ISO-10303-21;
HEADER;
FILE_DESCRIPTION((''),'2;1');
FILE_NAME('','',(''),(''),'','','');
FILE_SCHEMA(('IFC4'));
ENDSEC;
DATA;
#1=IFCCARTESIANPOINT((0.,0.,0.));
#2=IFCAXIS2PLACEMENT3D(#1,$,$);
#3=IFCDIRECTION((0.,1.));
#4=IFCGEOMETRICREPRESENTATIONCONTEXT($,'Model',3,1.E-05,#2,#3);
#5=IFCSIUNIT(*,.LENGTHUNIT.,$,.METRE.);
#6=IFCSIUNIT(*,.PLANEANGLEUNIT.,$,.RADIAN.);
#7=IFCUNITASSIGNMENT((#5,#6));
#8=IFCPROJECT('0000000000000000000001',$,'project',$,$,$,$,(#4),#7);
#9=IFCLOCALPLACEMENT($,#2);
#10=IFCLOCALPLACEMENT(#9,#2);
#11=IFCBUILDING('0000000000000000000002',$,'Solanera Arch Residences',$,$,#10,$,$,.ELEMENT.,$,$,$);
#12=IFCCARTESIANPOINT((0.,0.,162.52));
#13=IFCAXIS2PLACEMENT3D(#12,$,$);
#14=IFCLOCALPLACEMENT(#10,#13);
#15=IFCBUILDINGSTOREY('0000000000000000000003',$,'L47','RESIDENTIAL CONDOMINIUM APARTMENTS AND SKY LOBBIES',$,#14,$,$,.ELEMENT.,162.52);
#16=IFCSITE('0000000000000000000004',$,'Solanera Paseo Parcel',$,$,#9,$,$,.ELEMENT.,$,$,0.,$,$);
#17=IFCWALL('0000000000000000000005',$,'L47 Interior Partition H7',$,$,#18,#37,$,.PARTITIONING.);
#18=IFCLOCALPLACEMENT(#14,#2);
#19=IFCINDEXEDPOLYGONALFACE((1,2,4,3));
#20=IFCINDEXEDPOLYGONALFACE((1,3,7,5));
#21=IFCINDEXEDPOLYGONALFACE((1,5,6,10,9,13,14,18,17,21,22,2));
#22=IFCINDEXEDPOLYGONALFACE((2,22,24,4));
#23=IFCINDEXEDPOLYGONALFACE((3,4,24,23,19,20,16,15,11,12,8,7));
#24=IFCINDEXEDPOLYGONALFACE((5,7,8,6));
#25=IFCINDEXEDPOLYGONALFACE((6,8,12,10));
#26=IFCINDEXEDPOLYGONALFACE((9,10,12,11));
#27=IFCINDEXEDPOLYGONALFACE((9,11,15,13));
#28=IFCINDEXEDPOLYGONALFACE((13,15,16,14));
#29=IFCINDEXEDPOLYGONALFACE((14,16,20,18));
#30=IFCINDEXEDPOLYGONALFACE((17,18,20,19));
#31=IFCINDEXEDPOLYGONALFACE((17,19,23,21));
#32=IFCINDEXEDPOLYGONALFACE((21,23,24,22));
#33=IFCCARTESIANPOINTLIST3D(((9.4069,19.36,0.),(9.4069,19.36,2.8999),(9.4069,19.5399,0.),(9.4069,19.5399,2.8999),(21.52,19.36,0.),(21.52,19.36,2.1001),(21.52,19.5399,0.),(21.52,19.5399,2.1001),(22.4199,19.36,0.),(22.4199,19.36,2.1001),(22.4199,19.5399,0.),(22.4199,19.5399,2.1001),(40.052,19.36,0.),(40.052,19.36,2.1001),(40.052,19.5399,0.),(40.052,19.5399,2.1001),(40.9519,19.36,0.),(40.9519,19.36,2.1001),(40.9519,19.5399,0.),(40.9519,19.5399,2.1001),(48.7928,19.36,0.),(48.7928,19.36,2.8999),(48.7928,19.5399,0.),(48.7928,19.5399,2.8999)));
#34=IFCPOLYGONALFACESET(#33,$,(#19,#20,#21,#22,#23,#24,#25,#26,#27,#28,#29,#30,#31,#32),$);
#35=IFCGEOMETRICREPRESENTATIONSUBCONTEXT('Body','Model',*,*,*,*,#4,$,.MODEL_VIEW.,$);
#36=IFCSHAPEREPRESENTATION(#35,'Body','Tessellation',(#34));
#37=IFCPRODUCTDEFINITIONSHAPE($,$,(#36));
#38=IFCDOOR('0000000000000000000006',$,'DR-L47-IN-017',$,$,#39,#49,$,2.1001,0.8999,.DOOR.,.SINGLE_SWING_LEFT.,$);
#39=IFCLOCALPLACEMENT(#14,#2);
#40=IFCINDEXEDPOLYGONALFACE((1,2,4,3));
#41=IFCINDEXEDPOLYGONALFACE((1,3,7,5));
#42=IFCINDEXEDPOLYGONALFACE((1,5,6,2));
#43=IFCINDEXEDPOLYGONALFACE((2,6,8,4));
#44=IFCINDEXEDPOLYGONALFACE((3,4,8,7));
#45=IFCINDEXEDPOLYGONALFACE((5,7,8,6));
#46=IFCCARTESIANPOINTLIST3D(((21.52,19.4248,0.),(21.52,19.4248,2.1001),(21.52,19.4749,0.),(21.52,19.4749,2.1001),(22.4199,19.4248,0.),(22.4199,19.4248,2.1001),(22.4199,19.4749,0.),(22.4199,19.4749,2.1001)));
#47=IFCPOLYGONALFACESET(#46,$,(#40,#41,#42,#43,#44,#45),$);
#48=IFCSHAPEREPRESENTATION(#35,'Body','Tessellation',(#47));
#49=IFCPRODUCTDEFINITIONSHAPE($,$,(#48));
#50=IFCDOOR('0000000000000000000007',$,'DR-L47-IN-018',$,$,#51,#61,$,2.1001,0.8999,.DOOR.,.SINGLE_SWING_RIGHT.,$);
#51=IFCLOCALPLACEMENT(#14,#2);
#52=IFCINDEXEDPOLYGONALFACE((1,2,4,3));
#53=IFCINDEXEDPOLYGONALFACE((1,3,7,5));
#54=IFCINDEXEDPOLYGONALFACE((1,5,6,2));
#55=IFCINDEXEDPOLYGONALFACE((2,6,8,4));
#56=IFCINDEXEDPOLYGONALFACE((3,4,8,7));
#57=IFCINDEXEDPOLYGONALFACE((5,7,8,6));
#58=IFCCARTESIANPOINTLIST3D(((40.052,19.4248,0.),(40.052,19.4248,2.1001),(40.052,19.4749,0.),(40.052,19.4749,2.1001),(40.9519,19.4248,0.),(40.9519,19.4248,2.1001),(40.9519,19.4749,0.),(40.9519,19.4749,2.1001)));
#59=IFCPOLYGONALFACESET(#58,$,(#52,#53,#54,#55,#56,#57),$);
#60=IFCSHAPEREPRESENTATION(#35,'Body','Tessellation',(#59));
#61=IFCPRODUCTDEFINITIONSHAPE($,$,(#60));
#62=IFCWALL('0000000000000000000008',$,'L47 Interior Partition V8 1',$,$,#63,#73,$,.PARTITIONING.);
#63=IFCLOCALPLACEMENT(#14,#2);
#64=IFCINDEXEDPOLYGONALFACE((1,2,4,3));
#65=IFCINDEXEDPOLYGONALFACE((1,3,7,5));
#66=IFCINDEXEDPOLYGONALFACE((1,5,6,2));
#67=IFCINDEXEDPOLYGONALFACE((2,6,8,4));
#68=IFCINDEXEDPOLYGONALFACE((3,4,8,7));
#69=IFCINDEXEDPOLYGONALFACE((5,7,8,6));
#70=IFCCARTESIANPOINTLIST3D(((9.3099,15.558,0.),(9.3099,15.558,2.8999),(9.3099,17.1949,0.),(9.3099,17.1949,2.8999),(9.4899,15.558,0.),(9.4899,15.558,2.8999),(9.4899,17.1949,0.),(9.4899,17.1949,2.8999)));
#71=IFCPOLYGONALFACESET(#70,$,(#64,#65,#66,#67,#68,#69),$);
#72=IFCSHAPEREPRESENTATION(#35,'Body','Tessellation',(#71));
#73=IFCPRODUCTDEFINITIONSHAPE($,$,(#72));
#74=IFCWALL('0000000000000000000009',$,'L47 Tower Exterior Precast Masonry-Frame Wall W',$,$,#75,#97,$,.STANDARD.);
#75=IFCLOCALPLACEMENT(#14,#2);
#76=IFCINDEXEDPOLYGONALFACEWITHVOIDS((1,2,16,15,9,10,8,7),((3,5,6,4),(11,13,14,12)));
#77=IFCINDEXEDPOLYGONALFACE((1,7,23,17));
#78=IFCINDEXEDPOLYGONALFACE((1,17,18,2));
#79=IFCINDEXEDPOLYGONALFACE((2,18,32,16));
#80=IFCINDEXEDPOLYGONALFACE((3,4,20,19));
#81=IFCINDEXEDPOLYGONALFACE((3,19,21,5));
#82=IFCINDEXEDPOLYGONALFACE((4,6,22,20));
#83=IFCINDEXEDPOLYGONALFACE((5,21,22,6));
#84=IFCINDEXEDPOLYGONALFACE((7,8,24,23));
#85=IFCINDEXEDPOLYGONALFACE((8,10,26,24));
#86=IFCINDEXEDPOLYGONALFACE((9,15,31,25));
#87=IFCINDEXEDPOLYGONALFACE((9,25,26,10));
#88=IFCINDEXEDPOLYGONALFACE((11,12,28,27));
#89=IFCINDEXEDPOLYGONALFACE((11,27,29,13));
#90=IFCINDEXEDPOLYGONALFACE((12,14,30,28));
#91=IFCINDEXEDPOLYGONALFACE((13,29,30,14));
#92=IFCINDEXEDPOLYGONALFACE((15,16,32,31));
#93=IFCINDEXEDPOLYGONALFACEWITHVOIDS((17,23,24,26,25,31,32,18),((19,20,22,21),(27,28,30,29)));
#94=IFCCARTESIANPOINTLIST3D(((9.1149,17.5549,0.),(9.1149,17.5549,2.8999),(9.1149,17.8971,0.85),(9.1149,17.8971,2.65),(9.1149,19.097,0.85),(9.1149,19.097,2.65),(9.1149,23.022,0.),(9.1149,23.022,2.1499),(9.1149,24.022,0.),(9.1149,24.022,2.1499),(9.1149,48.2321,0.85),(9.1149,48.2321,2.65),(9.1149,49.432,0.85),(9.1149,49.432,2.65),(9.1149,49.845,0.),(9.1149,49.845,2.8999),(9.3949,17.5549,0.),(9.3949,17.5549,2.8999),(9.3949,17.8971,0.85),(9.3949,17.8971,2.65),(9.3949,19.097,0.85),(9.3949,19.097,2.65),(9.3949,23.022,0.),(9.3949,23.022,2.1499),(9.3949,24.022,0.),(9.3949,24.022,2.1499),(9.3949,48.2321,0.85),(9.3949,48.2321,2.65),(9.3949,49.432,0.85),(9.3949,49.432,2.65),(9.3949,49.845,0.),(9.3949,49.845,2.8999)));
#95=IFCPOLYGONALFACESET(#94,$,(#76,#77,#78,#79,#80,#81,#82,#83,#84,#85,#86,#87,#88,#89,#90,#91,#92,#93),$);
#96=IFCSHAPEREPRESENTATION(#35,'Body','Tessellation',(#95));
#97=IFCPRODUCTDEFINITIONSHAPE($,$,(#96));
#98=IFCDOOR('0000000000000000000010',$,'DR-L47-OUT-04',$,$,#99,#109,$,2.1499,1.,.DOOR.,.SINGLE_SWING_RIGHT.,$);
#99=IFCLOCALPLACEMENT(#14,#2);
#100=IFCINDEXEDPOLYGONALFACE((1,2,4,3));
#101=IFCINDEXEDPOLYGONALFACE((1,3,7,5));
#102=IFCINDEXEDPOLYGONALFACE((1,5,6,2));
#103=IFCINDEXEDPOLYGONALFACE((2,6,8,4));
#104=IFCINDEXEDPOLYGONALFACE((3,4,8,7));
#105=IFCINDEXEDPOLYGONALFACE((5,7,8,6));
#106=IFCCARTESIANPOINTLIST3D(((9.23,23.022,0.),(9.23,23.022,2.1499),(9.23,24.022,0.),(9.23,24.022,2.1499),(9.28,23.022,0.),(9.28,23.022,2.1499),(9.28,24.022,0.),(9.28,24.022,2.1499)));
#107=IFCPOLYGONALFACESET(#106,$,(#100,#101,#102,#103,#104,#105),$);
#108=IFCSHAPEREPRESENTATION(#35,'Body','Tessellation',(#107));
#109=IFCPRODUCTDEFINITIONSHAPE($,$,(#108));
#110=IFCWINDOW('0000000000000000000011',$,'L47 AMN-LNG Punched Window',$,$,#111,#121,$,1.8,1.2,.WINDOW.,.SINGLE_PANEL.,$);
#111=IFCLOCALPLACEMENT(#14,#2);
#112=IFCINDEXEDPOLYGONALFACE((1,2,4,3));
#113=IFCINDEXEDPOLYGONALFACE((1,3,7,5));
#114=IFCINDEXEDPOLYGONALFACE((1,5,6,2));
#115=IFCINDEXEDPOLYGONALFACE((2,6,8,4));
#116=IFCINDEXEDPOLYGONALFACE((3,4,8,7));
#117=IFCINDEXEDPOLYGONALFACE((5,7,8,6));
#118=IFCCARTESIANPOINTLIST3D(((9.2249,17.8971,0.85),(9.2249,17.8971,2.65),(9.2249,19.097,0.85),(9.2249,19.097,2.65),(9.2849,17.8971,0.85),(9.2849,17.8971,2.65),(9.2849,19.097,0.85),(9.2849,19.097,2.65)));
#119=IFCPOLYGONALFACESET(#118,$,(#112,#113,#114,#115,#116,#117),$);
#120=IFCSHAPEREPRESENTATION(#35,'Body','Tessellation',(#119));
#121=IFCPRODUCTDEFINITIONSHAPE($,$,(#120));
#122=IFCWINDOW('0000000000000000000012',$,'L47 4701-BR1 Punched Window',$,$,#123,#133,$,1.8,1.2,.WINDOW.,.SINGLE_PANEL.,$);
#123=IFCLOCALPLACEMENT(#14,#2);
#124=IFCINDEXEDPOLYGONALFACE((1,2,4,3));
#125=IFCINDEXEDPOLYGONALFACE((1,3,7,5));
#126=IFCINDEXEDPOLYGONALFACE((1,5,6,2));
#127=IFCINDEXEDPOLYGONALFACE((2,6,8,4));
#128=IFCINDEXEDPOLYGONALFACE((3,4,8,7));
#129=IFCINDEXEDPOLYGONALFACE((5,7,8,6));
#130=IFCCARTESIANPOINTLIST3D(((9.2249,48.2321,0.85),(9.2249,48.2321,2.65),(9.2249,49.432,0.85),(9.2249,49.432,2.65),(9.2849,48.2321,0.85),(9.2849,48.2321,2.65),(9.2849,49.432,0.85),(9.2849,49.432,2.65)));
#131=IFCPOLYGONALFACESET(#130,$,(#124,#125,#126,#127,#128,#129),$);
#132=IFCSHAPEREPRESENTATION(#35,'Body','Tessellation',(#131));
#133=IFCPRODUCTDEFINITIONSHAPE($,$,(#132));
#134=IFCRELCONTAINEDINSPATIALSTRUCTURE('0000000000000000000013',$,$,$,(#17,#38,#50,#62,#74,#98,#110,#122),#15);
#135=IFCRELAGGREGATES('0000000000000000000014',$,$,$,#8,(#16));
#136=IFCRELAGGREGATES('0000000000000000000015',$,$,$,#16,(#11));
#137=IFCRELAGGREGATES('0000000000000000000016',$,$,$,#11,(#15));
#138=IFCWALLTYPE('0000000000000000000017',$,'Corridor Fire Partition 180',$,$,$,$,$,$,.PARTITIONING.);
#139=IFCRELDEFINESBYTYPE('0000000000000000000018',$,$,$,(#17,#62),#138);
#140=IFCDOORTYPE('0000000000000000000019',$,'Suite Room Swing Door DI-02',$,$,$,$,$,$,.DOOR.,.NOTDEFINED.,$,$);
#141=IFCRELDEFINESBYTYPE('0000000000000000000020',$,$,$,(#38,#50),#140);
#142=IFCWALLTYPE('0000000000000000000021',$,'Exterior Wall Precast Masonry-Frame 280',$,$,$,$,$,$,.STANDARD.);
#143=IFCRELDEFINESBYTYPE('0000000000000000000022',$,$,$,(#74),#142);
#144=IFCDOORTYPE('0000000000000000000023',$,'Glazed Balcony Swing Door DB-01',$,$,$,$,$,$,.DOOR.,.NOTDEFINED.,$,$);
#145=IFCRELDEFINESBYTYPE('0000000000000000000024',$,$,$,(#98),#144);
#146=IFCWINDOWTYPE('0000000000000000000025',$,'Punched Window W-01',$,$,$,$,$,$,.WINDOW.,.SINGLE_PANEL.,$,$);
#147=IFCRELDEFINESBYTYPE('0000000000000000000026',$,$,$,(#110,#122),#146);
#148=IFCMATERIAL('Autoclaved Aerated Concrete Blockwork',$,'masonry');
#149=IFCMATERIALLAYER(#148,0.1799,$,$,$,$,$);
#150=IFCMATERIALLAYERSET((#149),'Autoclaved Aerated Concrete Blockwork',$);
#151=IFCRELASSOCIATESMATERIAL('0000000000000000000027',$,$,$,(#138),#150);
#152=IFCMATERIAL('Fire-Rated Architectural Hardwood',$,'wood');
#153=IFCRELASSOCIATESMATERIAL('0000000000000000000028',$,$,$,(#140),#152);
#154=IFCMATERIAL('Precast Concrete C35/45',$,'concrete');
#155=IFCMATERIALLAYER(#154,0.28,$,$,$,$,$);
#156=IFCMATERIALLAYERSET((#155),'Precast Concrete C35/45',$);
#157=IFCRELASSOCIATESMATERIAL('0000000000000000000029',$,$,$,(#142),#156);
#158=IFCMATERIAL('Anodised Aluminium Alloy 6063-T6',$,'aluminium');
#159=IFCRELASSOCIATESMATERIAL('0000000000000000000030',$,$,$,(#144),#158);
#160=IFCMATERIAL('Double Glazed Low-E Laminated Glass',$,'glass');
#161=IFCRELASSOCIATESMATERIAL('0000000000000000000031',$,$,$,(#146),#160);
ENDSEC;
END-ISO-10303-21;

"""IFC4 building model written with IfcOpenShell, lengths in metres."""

from ifc_helpers import new_model, si_unit, direction, frame, frame_2d, origin, place, context, subcontext, project, spatial, rectangle, extrude, material, layer, layer_set, type_object, element, fill, save


model = new_model("IFC4")

# Units and contexts
model_context = context("Model", 3, precision=1e-05, world=origin(), true_north=direction((0.0, 1.0)))
body_context = subcontext(model_context, "Body", "Model", "MODEL_VIEW")
ifc_project = project(units=[si_unit("LENGTHUNIT", "METRE"), si_unit("PLANEANGLEUNIT", "RADIAN")], contexts=[model_context])

# Site, building, storey
site_placement = place(None, origin())
site = spatial("IfcSite", under=ifc_project, at=site_placement, Name="Solanera Paseo Parcel", CompositionType="ELEMENT", RefElevation=0.0)
building_placement = place(site_placement, origin())
building = spatial("IfcBuilding", under=site, at=building_placement, Name="Solanera Arch Residences", CompositionType="ELEMENT")
storey_placement = place(building_placement, frame((0.0, 0.0, 162.52)))
storey = spatial("IfcBuildingStorey", under=building, at=storey_placement, Name="L47", Description="RESIDENTIAL CONDOMINIUM APARTMENTS AND SKY LOBBIES", CompositionType="ELEMENT", Elevation=162.52)

# Wall, openings, doors
ifc_material_1 = material(Name="Autoclaved Aerated Concrete Blockwork", Category="masonry")
ifc_layer_1 = layer(ifc_material_1, 0.1799)
ifc_layer_set_1 = layer_set([ifc_layer_1], Name="Autoclaved Aerated Concrete Blockwork")
wall_type_1 = type_object("IfcWallType", Name="Corridor Fire Partition 180", PredefinedType="PARTITIONING", material=ifc_layer_set_1)
wall_1_placement = place(storey_placement, frame((9.407, 19.45, 0.0), z_axis=(0.0, 0.0, 1.0), x_axis=(1.0, 0.0, 0.0)))
wall_1 = element("IfcWall", 1, at=wall_1_placement, inside=storey, type_object=wall_type_1, Name="L47 Interior Partition H7", PredefinedType="PARTITIONING", context=body_context, shape_type="SweptSolid", body=[
    extrude(rectangle(XDim=39.386, YDim=0.1799, at=frame_2d((19.6929, 0.0))), origin(), (0.0, 0.0, 1.0), 2.8999),
])
opening_1_placement = place(wall_1_placement, frame((12.113, 0.0, 0.0)))
opening_1 = element("IfcOpeningElement", 2, at=opening_1_placement, cuts=wall_1, PredefinedType="OPENING", context=body_context, shape_type="SweptSolid", body=[
    extrude(rectangle(XDim=0.8999, YDim=2.1001, at=frame_2d((0.45, 1.05))), frame((0.0, 0.1001, 0.0), z_axis=(0.0, -1.0, 0.0), x_axis=(1.0, 0.0, 0.0)), (0.0, 0.0, 1.0), 0.1999),
])
opening_2_placement = place(wall_1_placement, frame((30.645, 0.0, 0.0)))
opening_2 = element("IfcOpeningElement", 3, at=opening_2_placement, cuts=wall_1, PredefinedType="OPENING", context=body_context, shape_type="SweptSolid", body=[
    extrude(rectangle(XDim=0.8999, YDim=2.1001, at=frame_2d((0.45, 1.05))), frame((0.0, 0.1001, 0.0), z_axis=(0.0, -1.0, 0.0), x_axis=(1.0, 0.0, 0.0)), (0.0, 0.0, 1.0), 0.1999),
])
ifc_material_2 = material(Name="Fire-Rated Architectural Hardwood", Category="wood")
door_type_1 = type_object("IfcDoorType", Name="Suite Room Swing Door DI-02", OperationType="NOTDEFINED", PredefinedType="DOOR", material=ifc_material_2)
door_1_placement = place(opening_1_placement, origin())
door_1 = element("IfcDoor", 4, at=door_1_placement, inside=storey, type_object=door_type_1, Name="DR-L47-IN-017", OperationType="SINGLE_SWING_LEFT", OverallHeight=2.1001, OverallWidth=0.8999, PredefinedType="DOOR", context=body_context, shape_type="SweptSolid", body=[
    extrude(rectangle(XDim=0.8999, YDim=2.1001, at=frame_2d((0.45, 1.05))), frame((0.0, 0.0249, 0.0), z_axis=(0.0, -1.0, 0.0), x_axis=(1.0, 0.0, 0.0)), (0.0, 0.0, 1.0), 0.05),
])
fill(opening_1, door_1)
door_2_placement = place(opening_2_placement, origin())
door_2 = element("IfcDoor", 5, at=door_2_placement, inside=storey, type_object=door_type_1, Name="DR-L47-IN-018", OperationType="SINGLE_SWING_RIGHT", OverallHeight=2.1001, OverallWidth=0.8999, PredefinedType="DOOR", context=body_context, shape_type="SweptSolid", body=[
    extrude(rectangle(XDim=0.8999, YDim=2.1001, at=frame_2d((0.45, 1.05))), frame((0.0, 0.0249, 0.0), z_axis=(0.0, -1.0, 0.0), x_axis=(1.0, 0.0, 0.0)), (0.0, 0.0, 1.0), 0.05),
])
fill(opening_2, door_2)

# Wall
wall_2_placement = place(storey_placement, frame((9.3999, 15.5581, 0.0), z_axis=(0.0, 0.0, 1.0), x_axis=(0.0, 1.0, 0.0)))
element("IfcWall", 6, at=wall_2_placement, inside=storey, type_object=wall_type_1, Name="L47 Interior Partition V8 1", PredefinedType="PARTITIONING", context=body_context, shape_type="SweptSolid", body=[
    extrude(rectangle(XDim=1.637, YDim=0.1799, at=frame_2d((0.8184, 0.0))), origin(), (0.0, 0.0, 1.0), 2.8999),
])

# Wall, openings, door, windows
ifc_material_3 = material(Name="Precast Concrete C35/45", Category="concrete")
ifc_layer_2 = layer(ifc_material_3, 0.28)
ifc_layer_set_2 = layer_set([ifc_layer_2], Name="Precast Concrete C35/45")
wall_type_2 = type_object("IfcWallType", Name="Exterior Wall Precast Masonry-Frame 280", PredefinedType="STANDARD", material=ifc_layer_set_2)
wall_3_placement = place(storey_placement, frame((9.2549, 17.5549, 0.0), z_axis=(0.0, 0.0, 1.0), x_axis=(0.0, 1.0, 0.0)))
wall_3 = element("IfcWall", 7, at=wall_3_placement, inside=storey, type_object=wall_type_2, Name="L47 Tower Exterior Precast Masonry-Frame Wall W", PredefinedType="STANDARD", context=body_context, shape_type="SweptSolid", body=[
    extrude(rectangle(XDim=32.29, YDim=0.28, at=frame_2d((16.145, 0.0))), origin(), (0.0, 0.0, 1.0), 2.8999),
])
opening_3_placement = place(wall_3_placement, frame((5.467, 0.0, 0.0)))
opening_3 = element("IfcOpeningElement", 8, at=opening_3_placement, cuts=wall_3, PredefinedType="OPENING", context=body_context, shape_type="SweptSolid", body=[
    extrude(rectangle(XDim=1.0, YDim=2.1499, at=frame_2d((0.5, 1.075))), frame((0.0, 0.1499, 0.0), z_axis=(0.0, -1.0, 0.0), x_axis=(1.0, 0.0, 0.0)), (0.0, 0.0, 1.0), 0.3),
])
opening_4_placement = place(wall_3_placement, frame((0.342, 0.0, 0.8501)))
opening_4 = element("IfcOpeningElement", 9, at=opening_4_placement, cuts=wall_3, PredefinedType="OPENING", context=body_context, shape_type="SweptSolid", body=[
    extrude(rectangle(XDim=1.2, YDim=1.8, at=frame_2d((0.6001, 0.8999))), frame((0.0, 0.1499, 0.0), z_axis=(0.0, -1.0, 0.0), x_axis=(1.0, 0.0, 0.0)), (0.0, 0.0, 1.0), 0.3),
])
opening_5_placement = place(wall_3_placement, frame((30.677, 0.0, 0.8501)))
opening_5 = element("IfcOpeningElement", 10, at=opening_5_placement, cuts=wall_3, PredefinedType="OPENING", context=body_context, shape_type="SweptSolid", body=[
    extrude(rectangle(XDim=1.2, YDim=1.8, at=frame_2d((0.6001, 0.8999))), frame((0.0, 0.1499, 0.0), z_axis=(0.0, -1.0, 0.0), x_axis=(1.0, 0.0, 0.0)), (0.0, 0.0, 1.0), 0.3),
])
ifc_material_4 = material(Name="Anodised Aluminium Alloy 6063-T6", Category="aluminium")
door_type_2 = type_object("IfcDoorType", Name="Glazed Balcony Swing Door DB-01", OperationType="NOTDEFINED", PredefinedType="DOOR", material=ifc_material_4)
door_3_placement = place(opening_3_placement, origin())
door_3 = element("IfcDoor", 11, at=door_3_placement, inside=storey, type_object=door_type_2, Name="DR-L47-OUT-04", OperationType="SINGLE_SWING_RIGHT", OverallHeight=2.1499, OverallWidth=1.0, PredefinedType="DOOR", context=body_context, shape_type="SweptSolid", body=[
    extrude(rectangle(XDim=1.0, YDim=2.1499, at=frame_2d((0.5, 1.075))), frame((0.0, 0.0249, 0.0), z_axis=(0.0, -1.0, 0.0), x_axis=(1.0, 0.0, 0.0)), (0.0, 0.0, 1.0), 0.05),
])
fill(opening_3, door_3)
ifc_material_5 = material(Name="Double Glazed Low-E Laminated Glass", Category="glass")
window_type = type_object("IfcWindowType", Name="Punched Window W-01", PartitioningType="SINGLE_PANEL", PredefinedType="WINDOW", material=ifc_material_5)
window_1_placement = place(opening_4_placement, origin())
window_1 = element("IfcWindow", 12, at=window_1_placement, inside=storey, type_object=window_type, Name="L47 AMN-LNG Punched Window", OverallHeight=1.8, OverallWidth=1.2, PartitioningType="SINGLE_PANEL", PredefinedType="WINDOW", context=body_context, shape_type="SweptSolid", body=[
    extrude(rectangle(XDim=1.2, YDim=1.8, at=frame_2d((0.6001, 0.8999))), frame((0.0, 0.03, 0.0), z_axis=(0.0, -1.0, 0.0), x_axis=(1.0, 0.0, 0.0)), (0.0, 0.0, 1.0), 0.0601),
])
fill(opening_4, window_1)
window_2_placement = place(opening_5_placement, origin())
window_2 = element("IfcWindow", 13, at=window_2_placement, inside=storey, type_object=window_type, Name="L47 4701-BR1 Punched Window", OverallHeight=1.8, OverallWidth=1.2, PartitioningType="SINGLE_PANEL", PredefinedType="WINDOW", context=body_context, shape_type="SweptSolid", body=[
    extrude(rectangle(XDim=1.2, YDim=1.8, at=frame_2d((0.6001, 0.8999))), frame((0.0, 0.03, 0.0), z_axis=(0.0, -1.0, 0.0), x_axis=(1.0, 0.0, 0.0)), (0.0, 0.0, 1.0), 0.0601),
])
fill(opening_5, window_2)

save(model, "model.ifc")
